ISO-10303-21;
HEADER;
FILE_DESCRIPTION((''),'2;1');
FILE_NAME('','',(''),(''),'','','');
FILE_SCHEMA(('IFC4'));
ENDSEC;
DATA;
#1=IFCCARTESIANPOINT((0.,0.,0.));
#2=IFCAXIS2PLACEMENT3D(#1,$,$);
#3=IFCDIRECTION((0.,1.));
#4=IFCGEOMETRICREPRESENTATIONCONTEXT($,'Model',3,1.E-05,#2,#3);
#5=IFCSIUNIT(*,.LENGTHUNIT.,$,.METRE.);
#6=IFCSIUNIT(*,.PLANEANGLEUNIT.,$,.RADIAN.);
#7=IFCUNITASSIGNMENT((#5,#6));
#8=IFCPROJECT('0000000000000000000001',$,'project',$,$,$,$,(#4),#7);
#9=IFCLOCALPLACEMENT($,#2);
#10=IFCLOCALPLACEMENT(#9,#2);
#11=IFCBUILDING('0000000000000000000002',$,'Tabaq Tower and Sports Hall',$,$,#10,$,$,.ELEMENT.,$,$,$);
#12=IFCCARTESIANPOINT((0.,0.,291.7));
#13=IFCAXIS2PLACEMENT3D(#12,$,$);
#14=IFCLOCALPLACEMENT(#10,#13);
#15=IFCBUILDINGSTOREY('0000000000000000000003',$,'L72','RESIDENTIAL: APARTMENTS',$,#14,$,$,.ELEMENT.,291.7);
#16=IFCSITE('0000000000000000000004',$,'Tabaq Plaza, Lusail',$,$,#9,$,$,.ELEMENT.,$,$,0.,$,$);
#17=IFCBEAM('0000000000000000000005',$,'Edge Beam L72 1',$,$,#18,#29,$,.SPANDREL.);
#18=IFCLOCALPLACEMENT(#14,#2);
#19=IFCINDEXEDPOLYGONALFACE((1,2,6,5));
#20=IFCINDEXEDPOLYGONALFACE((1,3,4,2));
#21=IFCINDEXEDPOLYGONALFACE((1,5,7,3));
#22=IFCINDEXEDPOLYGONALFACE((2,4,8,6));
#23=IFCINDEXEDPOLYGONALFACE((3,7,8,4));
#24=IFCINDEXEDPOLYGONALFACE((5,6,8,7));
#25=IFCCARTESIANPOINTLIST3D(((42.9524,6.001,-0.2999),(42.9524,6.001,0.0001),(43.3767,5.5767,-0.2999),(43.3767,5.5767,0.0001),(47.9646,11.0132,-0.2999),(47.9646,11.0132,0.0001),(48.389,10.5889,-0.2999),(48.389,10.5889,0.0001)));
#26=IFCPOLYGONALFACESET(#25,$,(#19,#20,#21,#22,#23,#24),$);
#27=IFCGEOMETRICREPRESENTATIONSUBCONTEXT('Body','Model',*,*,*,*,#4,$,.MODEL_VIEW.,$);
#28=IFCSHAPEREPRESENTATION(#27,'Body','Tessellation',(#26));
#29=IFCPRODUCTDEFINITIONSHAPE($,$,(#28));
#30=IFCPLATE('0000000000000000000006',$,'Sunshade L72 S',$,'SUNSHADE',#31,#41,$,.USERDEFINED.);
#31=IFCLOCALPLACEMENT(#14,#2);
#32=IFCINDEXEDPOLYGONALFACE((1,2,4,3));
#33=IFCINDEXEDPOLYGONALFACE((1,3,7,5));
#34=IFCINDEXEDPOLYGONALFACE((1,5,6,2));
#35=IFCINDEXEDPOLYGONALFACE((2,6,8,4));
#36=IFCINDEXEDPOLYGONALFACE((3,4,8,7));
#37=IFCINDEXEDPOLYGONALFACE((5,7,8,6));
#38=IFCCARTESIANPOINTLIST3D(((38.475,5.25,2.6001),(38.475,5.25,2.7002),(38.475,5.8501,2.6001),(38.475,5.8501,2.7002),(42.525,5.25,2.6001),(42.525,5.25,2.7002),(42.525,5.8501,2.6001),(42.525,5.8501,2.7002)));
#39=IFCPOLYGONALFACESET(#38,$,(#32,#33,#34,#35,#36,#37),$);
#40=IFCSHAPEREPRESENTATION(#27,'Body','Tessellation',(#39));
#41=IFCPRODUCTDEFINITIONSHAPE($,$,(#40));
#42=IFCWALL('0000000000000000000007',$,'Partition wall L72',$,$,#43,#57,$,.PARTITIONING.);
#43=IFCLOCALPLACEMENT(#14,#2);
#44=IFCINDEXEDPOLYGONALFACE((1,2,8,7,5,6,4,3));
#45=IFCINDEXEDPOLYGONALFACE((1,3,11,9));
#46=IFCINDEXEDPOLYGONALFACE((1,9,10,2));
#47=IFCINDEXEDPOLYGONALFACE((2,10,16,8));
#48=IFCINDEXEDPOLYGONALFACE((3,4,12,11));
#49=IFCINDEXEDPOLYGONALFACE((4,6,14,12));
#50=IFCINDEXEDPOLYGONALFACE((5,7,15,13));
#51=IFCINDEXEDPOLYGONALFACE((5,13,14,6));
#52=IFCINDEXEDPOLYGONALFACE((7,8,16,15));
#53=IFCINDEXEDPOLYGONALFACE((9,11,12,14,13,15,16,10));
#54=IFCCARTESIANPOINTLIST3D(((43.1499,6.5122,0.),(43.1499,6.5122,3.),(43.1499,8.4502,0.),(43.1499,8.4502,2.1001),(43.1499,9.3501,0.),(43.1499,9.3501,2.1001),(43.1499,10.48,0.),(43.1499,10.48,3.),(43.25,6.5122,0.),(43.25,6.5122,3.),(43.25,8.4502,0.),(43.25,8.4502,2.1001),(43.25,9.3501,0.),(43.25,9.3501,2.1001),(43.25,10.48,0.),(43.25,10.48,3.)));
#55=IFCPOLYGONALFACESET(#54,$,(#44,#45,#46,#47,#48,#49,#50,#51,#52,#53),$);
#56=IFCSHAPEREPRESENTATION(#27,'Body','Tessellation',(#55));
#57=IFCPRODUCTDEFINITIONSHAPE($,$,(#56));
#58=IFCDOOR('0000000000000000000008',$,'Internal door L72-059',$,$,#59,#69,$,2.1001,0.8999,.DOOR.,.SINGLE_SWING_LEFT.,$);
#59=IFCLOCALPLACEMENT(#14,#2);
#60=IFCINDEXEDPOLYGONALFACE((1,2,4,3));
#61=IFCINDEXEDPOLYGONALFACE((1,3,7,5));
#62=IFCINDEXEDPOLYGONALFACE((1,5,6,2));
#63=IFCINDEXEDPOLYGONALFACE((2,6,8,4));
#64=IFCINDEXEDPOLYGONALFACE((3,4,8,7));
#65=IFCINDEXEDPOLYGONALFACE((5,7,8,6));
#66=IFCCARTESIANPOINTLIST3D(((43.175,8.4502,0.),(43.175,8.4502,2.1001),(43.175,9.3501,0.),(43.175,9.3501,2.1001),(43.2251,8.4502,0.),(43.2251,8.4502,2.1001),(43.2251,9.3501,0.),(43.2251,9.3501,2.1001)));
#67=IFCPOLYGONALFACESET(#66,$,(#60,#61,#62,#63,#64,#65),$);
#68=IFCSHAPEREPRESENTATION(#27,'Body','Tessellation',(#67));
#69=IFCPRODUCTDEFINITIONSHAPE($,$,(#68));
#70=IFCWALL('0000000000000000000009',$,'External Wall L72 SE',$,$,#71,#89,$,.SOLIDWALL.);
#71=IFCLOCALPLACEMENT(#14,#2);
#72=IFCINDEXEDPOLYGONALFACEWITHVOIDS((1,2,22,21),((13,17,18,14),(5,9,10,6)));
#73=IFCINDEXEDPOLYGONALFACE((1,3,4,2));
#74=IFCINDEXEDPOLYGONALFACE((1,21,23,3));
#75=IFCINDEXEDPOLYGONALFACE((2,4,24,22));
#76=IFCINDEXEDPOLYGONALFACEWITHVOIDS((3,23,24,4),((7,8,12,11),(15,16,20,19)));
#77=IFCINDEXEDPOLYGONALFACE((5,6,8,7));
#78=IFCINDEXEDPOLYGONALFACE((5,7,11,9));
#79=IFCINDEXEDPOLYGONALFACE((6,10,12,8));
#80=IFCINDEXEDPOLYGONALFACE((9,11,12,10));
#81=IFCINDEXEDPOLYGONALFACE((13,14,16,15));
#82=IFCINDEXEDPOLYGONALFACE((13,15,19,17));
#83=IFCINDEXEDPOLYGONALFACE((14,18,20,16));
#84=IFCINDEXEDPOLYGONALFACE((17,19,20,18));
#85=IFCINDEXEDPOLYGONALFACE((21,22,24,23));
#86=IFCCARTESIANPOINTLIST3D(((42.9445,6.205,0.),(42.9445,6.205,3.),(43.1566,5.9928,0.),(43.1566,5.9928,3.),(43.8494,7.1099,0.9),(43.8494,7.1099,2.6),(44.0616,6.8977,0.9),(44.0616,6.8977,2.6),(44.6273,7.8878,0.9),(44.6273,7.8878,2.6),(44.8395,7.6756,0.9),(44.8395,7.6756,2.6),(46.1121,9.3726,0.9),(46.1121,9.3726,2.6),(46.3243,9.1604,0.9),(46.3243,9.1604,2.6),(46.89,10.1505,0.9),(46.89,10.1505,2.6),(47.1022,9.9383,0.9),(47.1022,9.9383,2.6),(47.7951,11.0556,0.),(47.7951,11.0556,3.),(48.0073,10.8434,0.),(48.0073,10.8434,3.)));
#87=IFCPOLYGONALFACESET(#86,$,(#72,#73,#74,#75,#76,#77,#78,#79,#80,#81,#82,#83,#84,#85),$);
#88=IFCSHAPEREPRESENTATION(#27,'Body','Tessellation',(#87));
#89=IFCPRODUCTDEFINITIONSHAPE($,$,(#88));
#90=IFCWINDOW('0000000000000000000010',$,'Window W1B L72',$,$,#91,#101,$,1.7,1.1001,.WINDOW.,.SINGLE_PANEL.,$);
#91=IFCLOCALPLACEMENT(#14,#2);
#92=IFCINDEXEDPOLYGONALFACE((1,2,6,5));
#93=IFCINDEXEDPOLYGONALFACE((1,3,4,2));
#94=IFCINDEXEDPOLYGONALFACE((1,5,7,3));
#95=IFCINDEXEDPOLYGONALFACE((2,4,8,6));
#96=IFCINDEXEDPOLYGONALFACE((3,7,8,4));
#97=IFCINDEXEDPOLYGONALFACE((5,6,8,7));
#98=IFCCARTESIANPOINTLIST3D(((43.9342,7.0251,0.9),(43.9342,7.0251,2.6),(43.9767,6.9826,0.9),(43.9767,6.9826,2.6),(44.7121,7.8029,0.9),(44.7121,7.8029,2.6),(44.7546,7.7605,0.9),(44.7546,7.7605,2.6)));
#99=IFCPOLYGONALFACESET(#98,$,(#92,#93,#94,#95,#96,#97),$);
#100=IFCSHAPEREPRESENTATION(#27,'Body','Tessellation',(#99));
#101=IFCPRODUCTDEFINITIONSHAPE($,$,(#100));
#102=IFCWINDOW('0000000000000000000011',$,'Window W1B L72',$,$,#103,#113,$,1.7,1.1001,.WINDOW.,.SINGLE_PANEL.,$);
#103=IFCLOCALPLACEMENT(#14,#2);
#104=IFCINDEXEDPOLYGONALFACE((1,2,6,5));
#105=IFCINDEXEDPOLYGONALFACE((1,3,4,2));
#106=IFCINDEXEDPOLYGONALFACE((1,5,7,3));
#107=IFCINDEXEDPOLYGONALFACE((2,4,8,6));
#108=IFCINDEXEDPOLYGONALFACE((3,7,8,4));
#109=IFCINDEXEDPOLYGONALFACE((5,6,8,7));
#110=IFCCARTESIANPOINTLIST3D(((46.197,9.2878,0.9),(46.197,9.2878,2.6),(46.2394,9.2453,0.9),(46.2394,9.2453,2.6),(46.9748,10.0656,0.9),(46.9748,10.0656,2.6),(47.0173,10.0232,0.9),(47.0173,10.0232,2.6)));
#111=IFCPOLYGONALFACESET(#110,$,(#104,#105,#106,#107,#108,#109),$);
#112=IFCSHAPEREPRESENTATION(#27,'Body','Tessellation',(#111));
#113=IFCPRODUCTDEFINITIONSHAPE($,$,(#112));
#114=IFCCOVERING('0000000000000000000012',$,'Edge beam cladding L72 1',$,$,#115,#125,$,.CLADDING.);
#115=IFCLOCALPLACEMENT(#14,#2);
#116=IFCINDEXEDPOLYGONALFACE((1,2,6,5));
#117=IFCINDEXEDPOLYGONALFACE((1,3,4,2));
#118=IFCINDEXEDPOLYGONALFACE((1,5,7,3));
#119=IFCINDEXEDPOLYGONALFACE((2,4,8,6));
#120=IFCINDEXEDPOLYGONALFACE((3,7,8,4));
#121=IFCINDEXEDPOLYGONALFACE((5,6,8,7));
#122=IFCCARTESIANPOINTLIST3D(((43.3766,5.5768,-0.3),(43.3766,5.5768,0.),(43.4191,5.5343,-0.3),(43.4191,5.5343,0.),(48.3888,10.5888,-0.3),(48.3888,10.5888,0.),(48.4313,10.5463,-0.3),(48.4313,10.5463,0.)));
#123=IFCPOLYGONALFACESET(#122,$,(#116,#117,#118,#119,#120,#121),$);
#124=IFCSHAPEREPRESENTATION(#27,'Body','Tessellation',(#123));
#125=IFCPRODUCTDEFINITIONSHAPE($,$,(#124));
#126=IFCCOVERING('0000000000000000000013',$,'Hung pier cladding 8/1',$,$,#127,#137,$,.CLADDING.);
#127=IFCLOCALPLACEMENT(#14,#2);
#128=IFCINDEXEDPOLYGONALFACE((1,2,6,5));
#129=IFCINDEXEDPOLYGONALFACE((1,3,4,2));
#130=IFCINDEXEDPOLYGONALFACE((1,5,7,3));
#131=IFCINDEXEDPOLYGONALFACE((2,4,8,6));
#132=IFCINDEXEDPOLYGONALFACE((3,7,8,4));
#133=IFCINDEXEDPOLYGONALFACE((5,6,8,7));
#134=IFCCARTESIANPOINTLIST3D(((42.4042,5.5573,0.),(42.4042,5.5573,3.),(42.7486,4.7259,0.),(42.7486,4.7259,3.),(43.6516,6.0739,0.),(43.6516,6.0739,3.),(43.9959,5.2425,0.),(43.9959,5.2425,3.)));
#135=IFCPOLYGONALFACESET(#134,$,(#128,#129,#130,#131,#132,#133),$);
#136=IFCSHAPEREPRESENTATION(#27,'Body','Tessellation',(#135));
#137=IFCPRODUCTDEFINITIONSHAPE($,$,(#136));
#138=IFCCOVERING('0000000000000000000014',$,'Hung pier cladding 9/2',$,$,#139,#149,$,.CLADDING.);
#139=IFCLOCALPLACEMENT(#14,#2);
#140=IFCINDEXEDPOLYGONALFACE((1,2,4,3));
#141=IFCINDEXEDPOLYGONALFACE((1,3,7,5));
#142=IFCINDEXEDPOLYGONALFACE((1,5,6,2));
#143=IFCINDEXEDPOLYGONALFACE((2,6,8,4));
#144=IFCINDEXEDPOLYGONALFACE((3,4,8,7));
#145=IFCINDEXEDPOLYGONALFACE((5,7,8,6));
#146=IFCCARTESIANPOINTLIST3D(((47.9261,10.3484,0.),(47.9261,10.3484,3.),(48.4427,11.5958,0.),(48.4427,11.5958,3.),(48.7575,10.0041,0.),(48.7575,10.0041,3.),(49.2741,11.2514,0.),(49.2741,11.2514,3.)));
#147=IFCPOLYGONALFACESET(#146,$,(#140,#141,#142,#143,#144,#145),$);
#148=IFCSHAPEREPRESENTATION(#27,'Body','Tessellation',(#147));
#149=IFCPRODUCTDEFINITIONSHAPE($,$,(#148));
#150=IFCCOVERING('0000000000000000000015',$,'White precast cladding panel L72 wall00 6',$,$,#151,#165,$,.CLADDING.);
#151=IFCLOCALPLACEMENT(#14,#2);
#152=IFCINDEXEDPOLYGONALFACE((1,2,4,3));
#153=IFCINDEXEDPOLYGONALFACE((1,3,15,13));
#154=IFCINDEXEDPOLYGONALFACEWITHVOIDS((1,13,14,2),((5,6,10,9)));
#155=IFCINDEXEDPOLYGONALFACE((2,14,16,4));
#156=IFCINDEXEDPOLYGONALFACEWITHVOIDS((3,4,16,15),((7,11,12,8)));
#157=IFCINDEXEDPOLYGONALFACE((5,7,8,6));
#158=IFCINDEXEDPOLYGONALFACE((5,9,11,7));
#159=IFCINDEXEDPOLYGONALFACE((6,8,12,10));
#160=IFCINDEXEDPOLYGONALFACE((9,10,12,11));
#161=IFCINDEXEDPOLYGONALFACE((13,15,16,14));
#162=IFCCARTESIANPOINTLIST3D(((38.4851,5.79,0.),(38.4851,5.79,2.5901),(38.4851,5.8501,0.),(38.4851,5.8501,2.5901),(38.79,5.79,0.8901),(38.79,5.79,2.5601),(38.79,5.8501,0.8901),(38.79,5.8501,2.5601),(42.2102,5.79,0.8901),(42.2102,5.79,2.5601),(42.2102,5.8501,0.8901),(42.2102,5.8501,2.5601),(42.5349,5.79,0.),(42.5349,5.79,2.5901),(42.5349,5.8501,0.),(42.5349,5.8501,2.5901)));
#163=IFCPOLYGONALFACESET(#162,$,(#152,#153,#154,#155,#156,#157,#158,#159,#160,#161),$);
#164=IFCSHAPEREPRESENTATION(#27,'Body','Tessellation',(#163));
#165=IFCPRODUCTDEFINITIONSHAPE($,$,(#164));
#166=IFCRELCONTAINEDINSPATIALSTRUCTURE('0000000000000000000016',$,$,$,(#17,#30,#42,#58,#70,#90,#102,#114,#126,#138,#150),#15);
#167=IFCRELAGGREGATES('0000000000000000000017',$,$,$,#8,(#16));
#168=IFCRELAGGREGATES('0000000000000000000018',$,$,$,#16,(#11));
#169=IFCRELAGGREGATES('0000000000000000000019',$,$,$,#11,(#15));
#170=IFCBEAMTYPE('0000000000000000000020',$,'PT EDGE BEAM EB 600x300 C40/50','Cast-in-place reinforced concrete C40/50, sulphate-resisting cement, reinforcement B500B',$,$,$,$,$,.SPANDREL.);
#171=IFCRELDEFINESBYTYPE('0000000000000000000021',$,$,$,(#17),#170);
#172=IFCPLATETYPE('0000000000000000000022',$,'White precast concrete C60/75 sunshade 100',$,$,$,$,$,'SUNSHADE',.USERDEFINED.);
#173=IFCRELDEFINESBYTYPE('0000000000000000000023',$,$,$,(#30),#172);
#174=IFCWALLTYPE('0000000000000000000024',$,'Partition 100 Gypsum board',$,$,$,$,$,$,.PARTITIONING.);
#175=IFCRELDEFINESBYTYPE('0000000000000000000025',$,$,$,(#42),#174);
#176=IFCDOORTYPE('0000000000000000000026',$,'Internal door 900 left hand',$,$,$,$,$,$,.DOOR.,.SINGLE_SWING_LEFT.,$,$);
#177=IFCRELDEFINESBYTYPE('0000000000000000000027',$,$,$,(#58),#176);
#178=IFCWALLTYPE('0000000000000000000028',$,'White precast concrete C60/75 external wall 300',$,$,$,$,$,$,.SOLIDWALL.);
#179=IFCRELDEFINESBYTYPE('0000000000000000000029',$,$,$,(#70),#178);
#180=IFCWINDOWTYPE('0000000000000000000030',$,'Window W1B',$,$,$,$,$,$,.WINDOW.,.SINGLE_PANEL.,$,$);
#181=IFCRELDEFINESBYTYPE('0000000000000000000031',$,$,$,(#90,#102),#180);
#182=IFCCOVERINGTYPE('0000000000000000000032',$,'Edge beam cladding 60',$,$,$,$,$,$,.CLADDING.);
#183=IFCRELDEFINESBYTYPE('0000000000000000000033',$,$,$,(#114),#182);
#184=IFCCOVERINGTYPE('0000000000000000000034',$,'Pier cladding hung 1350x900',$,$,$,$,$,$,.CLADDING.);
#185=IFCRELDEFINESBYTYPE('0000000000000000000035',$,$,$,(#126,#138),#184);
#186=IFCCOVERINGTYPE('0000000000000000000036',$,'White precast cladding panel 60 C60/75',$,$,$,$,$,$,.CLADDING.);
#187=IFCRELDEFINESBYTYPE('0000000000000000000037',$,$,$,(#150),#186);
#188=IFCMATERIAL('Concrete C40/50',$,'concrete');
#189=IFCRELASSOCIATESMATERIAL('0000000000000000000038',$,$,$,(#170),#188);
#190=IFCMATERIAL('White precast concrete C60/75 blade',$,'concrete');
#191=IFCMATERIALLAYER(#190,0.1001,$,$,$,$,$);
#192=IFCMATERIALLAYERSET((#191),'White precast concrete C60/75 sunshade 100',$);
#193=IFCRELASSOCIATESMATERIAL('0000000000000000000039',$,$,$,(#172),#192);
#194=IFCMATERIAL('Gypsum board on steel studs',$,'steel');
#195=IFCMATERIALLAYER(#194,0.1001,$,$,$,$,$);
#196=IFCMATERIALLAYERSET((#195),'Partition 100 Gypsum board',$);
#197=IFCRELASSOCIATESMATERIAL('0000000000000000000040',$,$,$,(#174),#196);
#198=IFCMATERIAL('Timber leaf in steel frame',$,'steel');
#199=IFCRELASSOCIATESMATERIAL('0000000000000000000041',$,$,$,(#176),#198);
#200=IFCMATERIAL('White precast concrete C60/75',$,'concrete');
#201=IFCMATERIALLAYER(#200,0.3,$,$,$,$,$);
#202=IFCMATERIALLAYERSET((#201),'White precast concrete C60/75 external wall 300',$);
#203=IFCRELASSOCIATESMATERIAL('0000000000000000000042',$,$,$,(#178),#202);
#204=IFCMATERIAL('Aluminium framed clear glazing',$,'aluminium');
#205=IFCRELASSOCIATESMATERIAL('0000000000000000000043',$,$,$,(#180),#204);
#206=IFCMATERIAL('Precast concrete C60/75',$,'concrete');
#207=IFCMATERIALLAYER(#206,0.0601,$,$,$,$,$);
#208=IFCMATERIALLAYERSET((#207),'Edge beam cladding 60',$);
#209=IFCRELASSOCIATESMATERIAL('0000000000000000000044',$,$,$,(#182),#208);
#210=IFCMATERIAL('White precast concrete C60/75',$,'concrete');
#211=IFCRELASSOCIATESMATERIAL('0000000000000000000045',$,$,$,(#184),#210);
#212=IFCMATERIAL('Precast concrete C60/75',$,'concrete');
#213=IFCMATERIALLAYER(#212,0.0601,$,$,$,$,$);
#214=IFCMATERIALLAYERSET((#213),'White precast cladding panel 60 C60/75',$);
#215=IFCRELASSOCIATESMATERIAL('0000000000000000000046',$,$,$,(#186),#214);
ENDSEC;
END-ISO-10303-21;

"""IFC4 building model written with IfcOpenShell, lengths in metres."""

from ifc_helpers import new_model, si_unit, direction, frame, frame_2d, origin, origin_2d, place, context, subcontext, project, spatial, polyline, rectangle, outline, extrude, material, layer, layer_set, material_profile, profile_set, type_object, element, fill, save


model = new_model("IFC4")

# Units and contexts
model_context = context("Model", 3, precision=1e-05, world=origin(), true_north=direction((0.0, 1.0)))
body_context = subcontext(model_context, "Body", "Model", "MODEL_VIEW")
ifc_project = project(units=[si_unit("LENGTHUNIT", "METRE"), si_unit("PLANEANGLEUNIT", "RADIAN")], contexts=[model_context])

# Site, building, storey
site_placement = place(None, origin())
site = spatial("IfcSite", under=ifc_project, at=site_placement, Name="Tabaq Plaza, Lusail", CompositionType="ELEMENT", RefElevation=0.0)
building_placement = place(site_placement, origin())
building = spatial("IfcBuilding", under=site, at=building_placement, Name="Tabaq Tower and Sports Hall", CompositionType="ELEMENT")
storey_placement = place(building_placement, frame((0.0, 0.0, 291.7)))
storey = spatial("IfcBuildingStorey", under=building, at=storey_placement, Name="L72", Description="RESIDENTIAL: APARTMENTS", CompositionType="ELEMENT", Elevation=291.7)

# Beam
ifc_material_1 = material(Name="Concrete C40/50", Category="concrete")
ifc_material_profile = material_profile(ifc_material_1, rectangle(XDim=0.6001, YDim=0.3, at=origin_2d()), Name="EB 600x300")
ifc_profile_set = profile_set([ifc_material_profile], Name="Concrete C40/50")
beam_type = type_object("IfcBeamType", Name="PT EDGE BEAM EB 600x300 C40/50", Description="Cast-in-place reinforced concrete C40/50, sulphate-resisting cement, reinforcement B500B", PredefinedType="SPANDREL", material=ifc_profile_set)
beam_placement = place(storey_placement, frame((43.1646, 5.7888, -0.1499), z_axis=(0.707107, 0.707107, 0.0), x_axis=(-0.707107, 0.707107, 0.0)))
element("IfcBeam", 1, at=beam_placement, inside=storey, type_object=beam_type, Name="Edge Beam L72 1", PredefinedType="SPANDREL", context=body_context, shape_type="SweptSolid", body=[
    extrude(rectangle(XDim=0.6001, YDim=0.3, at=origin_2d()), origin(), (0.0, 0.0, 1.0), 7.0884),
])

# Plate
ifc_material_2 = material(Name="White precast concrete C60/75 blade", Category="concrete")
ifc_layer_1 = layer(ifc_material_2, 0.1001)
ifc_layer_set_1 = layer_set([ifc_layer_1], Name="White precast concrete C60/75 sunshade 100")
plate_type = type_object("IfcPlateType", Name="White precast concrete C60/75 sunshade 100", ElementType="SUNSHADE", PredefinedType="USERDEFINED", material=ifc_layer_set_1)
plate_placement = place(storey_placement, frame((40.5, 5.55, 2.6001), z_axis=(0.0, 0.0, 1.0), x_axis=(1.0, 0.0, 0.0)))
element("IfcPlate", 2, at=plate_placement, inside=storey, type_object=plate_type, Name="Sunshade L72 S", ObjectType="SUNSHADE", PredefinedType="USERDEFINED", context=body_context, shape_type="SweptSolid", body=[
    extrude(rectangle(XDim=4.05, YDim=0.6001, at=origin_2d()), origin(), (0.0, 0.0, 1.0), 0.1001),
])

# Wall, opening, door
ifc_material_3 = material(Name="Gypsum board on steel studs", Category="steel")
ifc_layer_2 = layer(ifc_material_3, 0.1001)
ifc_layer_set_2 = layer_set([ifc_layer_2], Name="Partition 100 Gypsum board")
wall_type_1 = type_object("IfcWallType", Name="Partition 100 Gypsum board", PredefinedType="PARTITIONING", material=ifc_layer_set_2)
wall_1_placement = place(storey_placement, frame((43.2, 6.5122, 0.0), z_axis=(0.0, 0.0, 1.0), x_axis=(0.0, 1.0, 0.0)))
wall_1 = element("IfcWall", 3, at=wall_1_placement, inside=storey, type_object=wall_type_1, Name="Partition wall L72", PredefinedType="PARTITIONING", context=body_context, shape_type="SweptSolid", body=[
    extrude(rectangle(XDim=3.9678, YDim=0.1001, at=frame_2d((1.9839, 0.0))), origin(), (0.0, 0.0, 1.0), 3.0),
])
opening_1_placement = place(wall_1_placement, frame((1.938, 0.0, 0.0)))
opening_1 = element("IfcOpeningElement", 4, at=opening_1_placement, cuts=wall_1, PredefinedType="OPENING", context=body_context, shape_type="SweptSolid", body=[
    extrude(rectangle(XDim=0.8999, YDim=2.1001, at=frame_2d((0.45, 1.05))), frame((0.0, 0.05, 0.0), z_axis=(0.0, -1.0, 0.0), x_axis=(1.0, 0.0, 0.0)), (0.0, 0.0, 1.0), 0.1001),
])
ifc_material_4 = material(Name="Timber leaf in steel frame", Category="steel")
door_type = type_object("IfcDoorType", Name="Internal door 900 left hand", OperationType="SINGLE_SWING_LEFT", PredefinedType="DOOR", material=ifc_material_4)
door_placement = place(opening_1_placement, origin())
door = element("IfcDoor", 5, at=door_placement, inside=storey, type_object=door_type, Name="Internal door L72-059", OperationType="SINGLE_SWING_LEFT", OverallHeight=2.1001, OverallWidth=0.8999, PredefinedType="DOOR", context=body_context, shape_type="SweptSolid", body=[
    extrude(rectangle(XDim=0.8999, YDim=2.1001, at=frame_2d((0.45, 1.05))), frame((0.0, 0.0249, 0.0), z_axis=(0.0, -1.0, 0.0), x_axis=(1.0, 0.0, 0.0)), (0.0, 0.0, 1.0), 0.05),
])
fill(opening_1, door)

# Wall, openings, windows
ifc_material_5 = material(Name="White precast concrete C60/75", Category="concrete")
ifc_layer_3 = layer(ifc_material_5, 0.3)
ifc_layer_set_3 = layer_set([ifc_layer_3], Name="White precast concrete C60/75 external wall 300")
wall_type_2 = type_object("IfcWallType", Name="White precast concrete C60/75 external wall 300", PredefinedType="SOLIDWALL", material=ifc_layer_set_3)
wall_2_placement = place(storey_placement, frame((43.0505, 6.0989, 0.0), z_axis=(0.0, 0.0, 1.0), x_axis=(0.707107, 0.707107, 0.0)))
wall_2 = element("IfcWall", 6, at=wall_2_placement, inside=storey, type_object=wall_type_2, Name="External Wall L72 SE", PredefinedType="SOLIDWALL", context=body_context, shape_type="SweptSolid", body=[
    extrude(rectangle(XDim=6.8599, YDim=0.3, at=frame_2d((3.4299, 0.0))), origin(), (0.0, 0.0, 1.0), 3.0),
])
opening_2_placement = place(wall_2_placement, frame((1.2798, 0.0, 0.8999)))
opening_2 = element("IfcOpeningElement", 7, at=opening_2_placement, cuts=wall_2, PredefinedType="OPENING", context=body_context, shape_type="SweptSolid", body=[
    extrude(rectangle(XDim=1.1001, YDim=1.7, at=frame_2d((0.55, 0.8501))), frame((0.0, 0.1602, 0.0), z_axis=(0.0, -1.0, 0.0), x_axis=(1.0, 0.0, 0.0)), (0.0, 0.0, 1.0), 0.3201),
])
opening_3_placement = place(wall_2_placement, frame((4.4797, 0.0, 0.8999)))
opening_3 = element("IfcOpeningElement", 8, at=opening_3_placement, cuts=wall_2, PredefinedType="OPENING", context=body_context, shape_type="SweptSolid", body=[
    extrude(rectangle(XDim=1.1001, YDim=1.7, at=frame_2d((0.55, 0.8501))), frame((0.0, 0.1602, 0.0), z_axis=(0.0, -1.0, 0.0), x_axis=(1.0, 0.0, 0.0)), (0.0, 0.0, 1.0), 0.3201),
])
ifc_material_6 = material(Name="Aluminium framed clear glazing", Category="aluminium")
window_type = type_object("IfcWindowType", Name="Window W1B", PartitioningType="SINGLE_PANEL", PredefinedType="WINDOW", material=ifc_material_6)
window_1_placement = place(opening_2_placement, origin())
window_1 = element("IfcWindow", 9, at=window_1_placement, inside=storey, type_object=window_type, Name="Window W1B L72", OverallHeight=1.7, OverallWidth=1.1001, PartitioningType="SINGLE_PANEL", PredefinedType="WINDOW", context=body_context, shape_type="SweptSolid", body=[
    extrude(rectangle(XDim=1.1001, YDim=1.7, at=frame_2d((0.55, 0.8501))), frame((0.0, 0.03, 0.0), z_axis=(0.0, -1.0, 0.0), x_axis=(1.0, 0.0, 0.0)), (0.0, 0.0, 1.0), 0.0601),
])
fill(opening_2, window_1)
window_2_placement = place(opening_3_placement, origin())
window_2 = element("IfcWindow", 10, at=window_2_placement, inside=storey, type_object=window_type, Name="Window W1B L72", OverallHeight=1.7, OverallWidth=1.1001, PartitioningType="SINGLE_PANEL", PredefinedType="WINDOW", context=body_context, shape_type="SweptSolid", body=[
    extrude(rectangle(XDim=1.1001, YDim=1.7, at=frame_2d((0.55, 0.8501))), frame((0.0, 0.03, 0.0), z_axis=(0.0, -1.0, 0.0), x_axis=(1.0, 0.0, 0.0)), (0.0, 0.0, 1.0), 0.0601),
])
fill(opening_3, window_2)

# Coverings
ifc_material_7 = material(Name="Precast concrete C60/75", Category="concrete")
ifc_layer_4 = layer(ifc_material_7, 0.0601)
ifc_layer_set_4 = layer_set([ifc_layer_4], Name="Edge beam cladding 60")
covering_type_1 = type_object("IfcCoveringType", Name="Edge beam cladding 60", PredefinedType="CLADDING", material=ifc_layer_set_4)
covering_1_placement = place(storey_placement, frame((43.3979, 5.5557, -0.3), z_axis=(0.0, 0.0, 1.0), x_axis=(0.707124, 0.70709, 0.0)))
element("IfcCovering", 11, at=covering_1_placement, inside=storey, type_object=covering_type_1, Name="Edge beam cladding L72 1", PredefinedType="CLADDING", context=body_context, shape_type="SweptSolid", body=[
    extrude(rectangle(XDim=7.0881, YDim=0.0601, at=frame_2d((3.5439, 0.0))), origin(), (0.0, 0.0, 1.0), 0.3),
])
ifc_material_8 = material(Name="White precast concrete C60/75", Category="concrete")
covering_type_2 = type_object("IfcCoveringType", Name="Pier cladding hung 1350x900", PredefinedType="CLADDING", material=ifc_material_8)
for number, where, z_axis, x_axis, name in (
    (12, (42.5764, 5.1416, 0.0), (0.0, 0.0, 1.0), (0.923893, 0.38265, 0.0), "Hung pier cladding 8/1"),
    (13, (48.3418, 10.1763, 0.0), (0.0, 0.0, 1.0), (0.38265, 0.923893, 0.0), "Hung pier cladding 9/2"),
):
    element("IfcCovering", number, at=place(storey_placement, frame(where, z_axis=z_axis, x_axis=x_axis)), inside=storey, type_object=covering_type_2, Name=name, PredefinedType="CLADDING", context=body_context, shape_type="SweptSolid", body=[
        extrude(rectangle(XDim=1.3501, YDim=0.8999, at=frame_2d((0.675, 0.0))), origin(), (0.0, 0.0, 1.0), 3.0),
    ])
ifc_material_9 = material(Name="Precast concrete C60/75", Category="concrete")
ifc_layer_5 = layer(ifc_material_9, 0.0601)
ifc_layer_set_5 = layer_set([ifc_layer_5], Name="White precast cladding panel 60 C60/75")
covering_type_3 = type_object("IfcCoveringType", Name="White precast cladding panel 60 C60/75", PredefinedType="CLADDING", material=ifc_layer_set_5)
covering_2_placement = place(storey_placement, frame((38.4851, 5.8201, 0.0), z_axis=(0.0, 0.0, 1.0), x_axis=(1.0, 0.0, 0.0)))
element("IfcCovering", 14, at=covering_2_placement, inside=storey, type_object=covering_type_3, Name="White precast cladding panel L72 wall00 6", PredefinedType="CLADDING", context=body_context, shape_type="SweptSolid", body=[
    extrude(outline(polyline([(0.0, 0.0), (4.0498, 0.0), (4.0498, 2.5901), (0.0, 2.5901), (0.0, 0.0)]), holes=[polyline([(3.7251, 0.8901), (0.3049, 0.8901), (0.3049, 2.5601), (3.7251, 2.5601), (3.7251, 0.8901)])]), frame((0.0, 0.03, 0.0), z_axis=(0.0, -1.0, 0.0), x_axis=(1.0, 0.0, 0.0)), (0.0, 0.0, 1.0), 0.0601),
])

save(model, "model.ifc")
